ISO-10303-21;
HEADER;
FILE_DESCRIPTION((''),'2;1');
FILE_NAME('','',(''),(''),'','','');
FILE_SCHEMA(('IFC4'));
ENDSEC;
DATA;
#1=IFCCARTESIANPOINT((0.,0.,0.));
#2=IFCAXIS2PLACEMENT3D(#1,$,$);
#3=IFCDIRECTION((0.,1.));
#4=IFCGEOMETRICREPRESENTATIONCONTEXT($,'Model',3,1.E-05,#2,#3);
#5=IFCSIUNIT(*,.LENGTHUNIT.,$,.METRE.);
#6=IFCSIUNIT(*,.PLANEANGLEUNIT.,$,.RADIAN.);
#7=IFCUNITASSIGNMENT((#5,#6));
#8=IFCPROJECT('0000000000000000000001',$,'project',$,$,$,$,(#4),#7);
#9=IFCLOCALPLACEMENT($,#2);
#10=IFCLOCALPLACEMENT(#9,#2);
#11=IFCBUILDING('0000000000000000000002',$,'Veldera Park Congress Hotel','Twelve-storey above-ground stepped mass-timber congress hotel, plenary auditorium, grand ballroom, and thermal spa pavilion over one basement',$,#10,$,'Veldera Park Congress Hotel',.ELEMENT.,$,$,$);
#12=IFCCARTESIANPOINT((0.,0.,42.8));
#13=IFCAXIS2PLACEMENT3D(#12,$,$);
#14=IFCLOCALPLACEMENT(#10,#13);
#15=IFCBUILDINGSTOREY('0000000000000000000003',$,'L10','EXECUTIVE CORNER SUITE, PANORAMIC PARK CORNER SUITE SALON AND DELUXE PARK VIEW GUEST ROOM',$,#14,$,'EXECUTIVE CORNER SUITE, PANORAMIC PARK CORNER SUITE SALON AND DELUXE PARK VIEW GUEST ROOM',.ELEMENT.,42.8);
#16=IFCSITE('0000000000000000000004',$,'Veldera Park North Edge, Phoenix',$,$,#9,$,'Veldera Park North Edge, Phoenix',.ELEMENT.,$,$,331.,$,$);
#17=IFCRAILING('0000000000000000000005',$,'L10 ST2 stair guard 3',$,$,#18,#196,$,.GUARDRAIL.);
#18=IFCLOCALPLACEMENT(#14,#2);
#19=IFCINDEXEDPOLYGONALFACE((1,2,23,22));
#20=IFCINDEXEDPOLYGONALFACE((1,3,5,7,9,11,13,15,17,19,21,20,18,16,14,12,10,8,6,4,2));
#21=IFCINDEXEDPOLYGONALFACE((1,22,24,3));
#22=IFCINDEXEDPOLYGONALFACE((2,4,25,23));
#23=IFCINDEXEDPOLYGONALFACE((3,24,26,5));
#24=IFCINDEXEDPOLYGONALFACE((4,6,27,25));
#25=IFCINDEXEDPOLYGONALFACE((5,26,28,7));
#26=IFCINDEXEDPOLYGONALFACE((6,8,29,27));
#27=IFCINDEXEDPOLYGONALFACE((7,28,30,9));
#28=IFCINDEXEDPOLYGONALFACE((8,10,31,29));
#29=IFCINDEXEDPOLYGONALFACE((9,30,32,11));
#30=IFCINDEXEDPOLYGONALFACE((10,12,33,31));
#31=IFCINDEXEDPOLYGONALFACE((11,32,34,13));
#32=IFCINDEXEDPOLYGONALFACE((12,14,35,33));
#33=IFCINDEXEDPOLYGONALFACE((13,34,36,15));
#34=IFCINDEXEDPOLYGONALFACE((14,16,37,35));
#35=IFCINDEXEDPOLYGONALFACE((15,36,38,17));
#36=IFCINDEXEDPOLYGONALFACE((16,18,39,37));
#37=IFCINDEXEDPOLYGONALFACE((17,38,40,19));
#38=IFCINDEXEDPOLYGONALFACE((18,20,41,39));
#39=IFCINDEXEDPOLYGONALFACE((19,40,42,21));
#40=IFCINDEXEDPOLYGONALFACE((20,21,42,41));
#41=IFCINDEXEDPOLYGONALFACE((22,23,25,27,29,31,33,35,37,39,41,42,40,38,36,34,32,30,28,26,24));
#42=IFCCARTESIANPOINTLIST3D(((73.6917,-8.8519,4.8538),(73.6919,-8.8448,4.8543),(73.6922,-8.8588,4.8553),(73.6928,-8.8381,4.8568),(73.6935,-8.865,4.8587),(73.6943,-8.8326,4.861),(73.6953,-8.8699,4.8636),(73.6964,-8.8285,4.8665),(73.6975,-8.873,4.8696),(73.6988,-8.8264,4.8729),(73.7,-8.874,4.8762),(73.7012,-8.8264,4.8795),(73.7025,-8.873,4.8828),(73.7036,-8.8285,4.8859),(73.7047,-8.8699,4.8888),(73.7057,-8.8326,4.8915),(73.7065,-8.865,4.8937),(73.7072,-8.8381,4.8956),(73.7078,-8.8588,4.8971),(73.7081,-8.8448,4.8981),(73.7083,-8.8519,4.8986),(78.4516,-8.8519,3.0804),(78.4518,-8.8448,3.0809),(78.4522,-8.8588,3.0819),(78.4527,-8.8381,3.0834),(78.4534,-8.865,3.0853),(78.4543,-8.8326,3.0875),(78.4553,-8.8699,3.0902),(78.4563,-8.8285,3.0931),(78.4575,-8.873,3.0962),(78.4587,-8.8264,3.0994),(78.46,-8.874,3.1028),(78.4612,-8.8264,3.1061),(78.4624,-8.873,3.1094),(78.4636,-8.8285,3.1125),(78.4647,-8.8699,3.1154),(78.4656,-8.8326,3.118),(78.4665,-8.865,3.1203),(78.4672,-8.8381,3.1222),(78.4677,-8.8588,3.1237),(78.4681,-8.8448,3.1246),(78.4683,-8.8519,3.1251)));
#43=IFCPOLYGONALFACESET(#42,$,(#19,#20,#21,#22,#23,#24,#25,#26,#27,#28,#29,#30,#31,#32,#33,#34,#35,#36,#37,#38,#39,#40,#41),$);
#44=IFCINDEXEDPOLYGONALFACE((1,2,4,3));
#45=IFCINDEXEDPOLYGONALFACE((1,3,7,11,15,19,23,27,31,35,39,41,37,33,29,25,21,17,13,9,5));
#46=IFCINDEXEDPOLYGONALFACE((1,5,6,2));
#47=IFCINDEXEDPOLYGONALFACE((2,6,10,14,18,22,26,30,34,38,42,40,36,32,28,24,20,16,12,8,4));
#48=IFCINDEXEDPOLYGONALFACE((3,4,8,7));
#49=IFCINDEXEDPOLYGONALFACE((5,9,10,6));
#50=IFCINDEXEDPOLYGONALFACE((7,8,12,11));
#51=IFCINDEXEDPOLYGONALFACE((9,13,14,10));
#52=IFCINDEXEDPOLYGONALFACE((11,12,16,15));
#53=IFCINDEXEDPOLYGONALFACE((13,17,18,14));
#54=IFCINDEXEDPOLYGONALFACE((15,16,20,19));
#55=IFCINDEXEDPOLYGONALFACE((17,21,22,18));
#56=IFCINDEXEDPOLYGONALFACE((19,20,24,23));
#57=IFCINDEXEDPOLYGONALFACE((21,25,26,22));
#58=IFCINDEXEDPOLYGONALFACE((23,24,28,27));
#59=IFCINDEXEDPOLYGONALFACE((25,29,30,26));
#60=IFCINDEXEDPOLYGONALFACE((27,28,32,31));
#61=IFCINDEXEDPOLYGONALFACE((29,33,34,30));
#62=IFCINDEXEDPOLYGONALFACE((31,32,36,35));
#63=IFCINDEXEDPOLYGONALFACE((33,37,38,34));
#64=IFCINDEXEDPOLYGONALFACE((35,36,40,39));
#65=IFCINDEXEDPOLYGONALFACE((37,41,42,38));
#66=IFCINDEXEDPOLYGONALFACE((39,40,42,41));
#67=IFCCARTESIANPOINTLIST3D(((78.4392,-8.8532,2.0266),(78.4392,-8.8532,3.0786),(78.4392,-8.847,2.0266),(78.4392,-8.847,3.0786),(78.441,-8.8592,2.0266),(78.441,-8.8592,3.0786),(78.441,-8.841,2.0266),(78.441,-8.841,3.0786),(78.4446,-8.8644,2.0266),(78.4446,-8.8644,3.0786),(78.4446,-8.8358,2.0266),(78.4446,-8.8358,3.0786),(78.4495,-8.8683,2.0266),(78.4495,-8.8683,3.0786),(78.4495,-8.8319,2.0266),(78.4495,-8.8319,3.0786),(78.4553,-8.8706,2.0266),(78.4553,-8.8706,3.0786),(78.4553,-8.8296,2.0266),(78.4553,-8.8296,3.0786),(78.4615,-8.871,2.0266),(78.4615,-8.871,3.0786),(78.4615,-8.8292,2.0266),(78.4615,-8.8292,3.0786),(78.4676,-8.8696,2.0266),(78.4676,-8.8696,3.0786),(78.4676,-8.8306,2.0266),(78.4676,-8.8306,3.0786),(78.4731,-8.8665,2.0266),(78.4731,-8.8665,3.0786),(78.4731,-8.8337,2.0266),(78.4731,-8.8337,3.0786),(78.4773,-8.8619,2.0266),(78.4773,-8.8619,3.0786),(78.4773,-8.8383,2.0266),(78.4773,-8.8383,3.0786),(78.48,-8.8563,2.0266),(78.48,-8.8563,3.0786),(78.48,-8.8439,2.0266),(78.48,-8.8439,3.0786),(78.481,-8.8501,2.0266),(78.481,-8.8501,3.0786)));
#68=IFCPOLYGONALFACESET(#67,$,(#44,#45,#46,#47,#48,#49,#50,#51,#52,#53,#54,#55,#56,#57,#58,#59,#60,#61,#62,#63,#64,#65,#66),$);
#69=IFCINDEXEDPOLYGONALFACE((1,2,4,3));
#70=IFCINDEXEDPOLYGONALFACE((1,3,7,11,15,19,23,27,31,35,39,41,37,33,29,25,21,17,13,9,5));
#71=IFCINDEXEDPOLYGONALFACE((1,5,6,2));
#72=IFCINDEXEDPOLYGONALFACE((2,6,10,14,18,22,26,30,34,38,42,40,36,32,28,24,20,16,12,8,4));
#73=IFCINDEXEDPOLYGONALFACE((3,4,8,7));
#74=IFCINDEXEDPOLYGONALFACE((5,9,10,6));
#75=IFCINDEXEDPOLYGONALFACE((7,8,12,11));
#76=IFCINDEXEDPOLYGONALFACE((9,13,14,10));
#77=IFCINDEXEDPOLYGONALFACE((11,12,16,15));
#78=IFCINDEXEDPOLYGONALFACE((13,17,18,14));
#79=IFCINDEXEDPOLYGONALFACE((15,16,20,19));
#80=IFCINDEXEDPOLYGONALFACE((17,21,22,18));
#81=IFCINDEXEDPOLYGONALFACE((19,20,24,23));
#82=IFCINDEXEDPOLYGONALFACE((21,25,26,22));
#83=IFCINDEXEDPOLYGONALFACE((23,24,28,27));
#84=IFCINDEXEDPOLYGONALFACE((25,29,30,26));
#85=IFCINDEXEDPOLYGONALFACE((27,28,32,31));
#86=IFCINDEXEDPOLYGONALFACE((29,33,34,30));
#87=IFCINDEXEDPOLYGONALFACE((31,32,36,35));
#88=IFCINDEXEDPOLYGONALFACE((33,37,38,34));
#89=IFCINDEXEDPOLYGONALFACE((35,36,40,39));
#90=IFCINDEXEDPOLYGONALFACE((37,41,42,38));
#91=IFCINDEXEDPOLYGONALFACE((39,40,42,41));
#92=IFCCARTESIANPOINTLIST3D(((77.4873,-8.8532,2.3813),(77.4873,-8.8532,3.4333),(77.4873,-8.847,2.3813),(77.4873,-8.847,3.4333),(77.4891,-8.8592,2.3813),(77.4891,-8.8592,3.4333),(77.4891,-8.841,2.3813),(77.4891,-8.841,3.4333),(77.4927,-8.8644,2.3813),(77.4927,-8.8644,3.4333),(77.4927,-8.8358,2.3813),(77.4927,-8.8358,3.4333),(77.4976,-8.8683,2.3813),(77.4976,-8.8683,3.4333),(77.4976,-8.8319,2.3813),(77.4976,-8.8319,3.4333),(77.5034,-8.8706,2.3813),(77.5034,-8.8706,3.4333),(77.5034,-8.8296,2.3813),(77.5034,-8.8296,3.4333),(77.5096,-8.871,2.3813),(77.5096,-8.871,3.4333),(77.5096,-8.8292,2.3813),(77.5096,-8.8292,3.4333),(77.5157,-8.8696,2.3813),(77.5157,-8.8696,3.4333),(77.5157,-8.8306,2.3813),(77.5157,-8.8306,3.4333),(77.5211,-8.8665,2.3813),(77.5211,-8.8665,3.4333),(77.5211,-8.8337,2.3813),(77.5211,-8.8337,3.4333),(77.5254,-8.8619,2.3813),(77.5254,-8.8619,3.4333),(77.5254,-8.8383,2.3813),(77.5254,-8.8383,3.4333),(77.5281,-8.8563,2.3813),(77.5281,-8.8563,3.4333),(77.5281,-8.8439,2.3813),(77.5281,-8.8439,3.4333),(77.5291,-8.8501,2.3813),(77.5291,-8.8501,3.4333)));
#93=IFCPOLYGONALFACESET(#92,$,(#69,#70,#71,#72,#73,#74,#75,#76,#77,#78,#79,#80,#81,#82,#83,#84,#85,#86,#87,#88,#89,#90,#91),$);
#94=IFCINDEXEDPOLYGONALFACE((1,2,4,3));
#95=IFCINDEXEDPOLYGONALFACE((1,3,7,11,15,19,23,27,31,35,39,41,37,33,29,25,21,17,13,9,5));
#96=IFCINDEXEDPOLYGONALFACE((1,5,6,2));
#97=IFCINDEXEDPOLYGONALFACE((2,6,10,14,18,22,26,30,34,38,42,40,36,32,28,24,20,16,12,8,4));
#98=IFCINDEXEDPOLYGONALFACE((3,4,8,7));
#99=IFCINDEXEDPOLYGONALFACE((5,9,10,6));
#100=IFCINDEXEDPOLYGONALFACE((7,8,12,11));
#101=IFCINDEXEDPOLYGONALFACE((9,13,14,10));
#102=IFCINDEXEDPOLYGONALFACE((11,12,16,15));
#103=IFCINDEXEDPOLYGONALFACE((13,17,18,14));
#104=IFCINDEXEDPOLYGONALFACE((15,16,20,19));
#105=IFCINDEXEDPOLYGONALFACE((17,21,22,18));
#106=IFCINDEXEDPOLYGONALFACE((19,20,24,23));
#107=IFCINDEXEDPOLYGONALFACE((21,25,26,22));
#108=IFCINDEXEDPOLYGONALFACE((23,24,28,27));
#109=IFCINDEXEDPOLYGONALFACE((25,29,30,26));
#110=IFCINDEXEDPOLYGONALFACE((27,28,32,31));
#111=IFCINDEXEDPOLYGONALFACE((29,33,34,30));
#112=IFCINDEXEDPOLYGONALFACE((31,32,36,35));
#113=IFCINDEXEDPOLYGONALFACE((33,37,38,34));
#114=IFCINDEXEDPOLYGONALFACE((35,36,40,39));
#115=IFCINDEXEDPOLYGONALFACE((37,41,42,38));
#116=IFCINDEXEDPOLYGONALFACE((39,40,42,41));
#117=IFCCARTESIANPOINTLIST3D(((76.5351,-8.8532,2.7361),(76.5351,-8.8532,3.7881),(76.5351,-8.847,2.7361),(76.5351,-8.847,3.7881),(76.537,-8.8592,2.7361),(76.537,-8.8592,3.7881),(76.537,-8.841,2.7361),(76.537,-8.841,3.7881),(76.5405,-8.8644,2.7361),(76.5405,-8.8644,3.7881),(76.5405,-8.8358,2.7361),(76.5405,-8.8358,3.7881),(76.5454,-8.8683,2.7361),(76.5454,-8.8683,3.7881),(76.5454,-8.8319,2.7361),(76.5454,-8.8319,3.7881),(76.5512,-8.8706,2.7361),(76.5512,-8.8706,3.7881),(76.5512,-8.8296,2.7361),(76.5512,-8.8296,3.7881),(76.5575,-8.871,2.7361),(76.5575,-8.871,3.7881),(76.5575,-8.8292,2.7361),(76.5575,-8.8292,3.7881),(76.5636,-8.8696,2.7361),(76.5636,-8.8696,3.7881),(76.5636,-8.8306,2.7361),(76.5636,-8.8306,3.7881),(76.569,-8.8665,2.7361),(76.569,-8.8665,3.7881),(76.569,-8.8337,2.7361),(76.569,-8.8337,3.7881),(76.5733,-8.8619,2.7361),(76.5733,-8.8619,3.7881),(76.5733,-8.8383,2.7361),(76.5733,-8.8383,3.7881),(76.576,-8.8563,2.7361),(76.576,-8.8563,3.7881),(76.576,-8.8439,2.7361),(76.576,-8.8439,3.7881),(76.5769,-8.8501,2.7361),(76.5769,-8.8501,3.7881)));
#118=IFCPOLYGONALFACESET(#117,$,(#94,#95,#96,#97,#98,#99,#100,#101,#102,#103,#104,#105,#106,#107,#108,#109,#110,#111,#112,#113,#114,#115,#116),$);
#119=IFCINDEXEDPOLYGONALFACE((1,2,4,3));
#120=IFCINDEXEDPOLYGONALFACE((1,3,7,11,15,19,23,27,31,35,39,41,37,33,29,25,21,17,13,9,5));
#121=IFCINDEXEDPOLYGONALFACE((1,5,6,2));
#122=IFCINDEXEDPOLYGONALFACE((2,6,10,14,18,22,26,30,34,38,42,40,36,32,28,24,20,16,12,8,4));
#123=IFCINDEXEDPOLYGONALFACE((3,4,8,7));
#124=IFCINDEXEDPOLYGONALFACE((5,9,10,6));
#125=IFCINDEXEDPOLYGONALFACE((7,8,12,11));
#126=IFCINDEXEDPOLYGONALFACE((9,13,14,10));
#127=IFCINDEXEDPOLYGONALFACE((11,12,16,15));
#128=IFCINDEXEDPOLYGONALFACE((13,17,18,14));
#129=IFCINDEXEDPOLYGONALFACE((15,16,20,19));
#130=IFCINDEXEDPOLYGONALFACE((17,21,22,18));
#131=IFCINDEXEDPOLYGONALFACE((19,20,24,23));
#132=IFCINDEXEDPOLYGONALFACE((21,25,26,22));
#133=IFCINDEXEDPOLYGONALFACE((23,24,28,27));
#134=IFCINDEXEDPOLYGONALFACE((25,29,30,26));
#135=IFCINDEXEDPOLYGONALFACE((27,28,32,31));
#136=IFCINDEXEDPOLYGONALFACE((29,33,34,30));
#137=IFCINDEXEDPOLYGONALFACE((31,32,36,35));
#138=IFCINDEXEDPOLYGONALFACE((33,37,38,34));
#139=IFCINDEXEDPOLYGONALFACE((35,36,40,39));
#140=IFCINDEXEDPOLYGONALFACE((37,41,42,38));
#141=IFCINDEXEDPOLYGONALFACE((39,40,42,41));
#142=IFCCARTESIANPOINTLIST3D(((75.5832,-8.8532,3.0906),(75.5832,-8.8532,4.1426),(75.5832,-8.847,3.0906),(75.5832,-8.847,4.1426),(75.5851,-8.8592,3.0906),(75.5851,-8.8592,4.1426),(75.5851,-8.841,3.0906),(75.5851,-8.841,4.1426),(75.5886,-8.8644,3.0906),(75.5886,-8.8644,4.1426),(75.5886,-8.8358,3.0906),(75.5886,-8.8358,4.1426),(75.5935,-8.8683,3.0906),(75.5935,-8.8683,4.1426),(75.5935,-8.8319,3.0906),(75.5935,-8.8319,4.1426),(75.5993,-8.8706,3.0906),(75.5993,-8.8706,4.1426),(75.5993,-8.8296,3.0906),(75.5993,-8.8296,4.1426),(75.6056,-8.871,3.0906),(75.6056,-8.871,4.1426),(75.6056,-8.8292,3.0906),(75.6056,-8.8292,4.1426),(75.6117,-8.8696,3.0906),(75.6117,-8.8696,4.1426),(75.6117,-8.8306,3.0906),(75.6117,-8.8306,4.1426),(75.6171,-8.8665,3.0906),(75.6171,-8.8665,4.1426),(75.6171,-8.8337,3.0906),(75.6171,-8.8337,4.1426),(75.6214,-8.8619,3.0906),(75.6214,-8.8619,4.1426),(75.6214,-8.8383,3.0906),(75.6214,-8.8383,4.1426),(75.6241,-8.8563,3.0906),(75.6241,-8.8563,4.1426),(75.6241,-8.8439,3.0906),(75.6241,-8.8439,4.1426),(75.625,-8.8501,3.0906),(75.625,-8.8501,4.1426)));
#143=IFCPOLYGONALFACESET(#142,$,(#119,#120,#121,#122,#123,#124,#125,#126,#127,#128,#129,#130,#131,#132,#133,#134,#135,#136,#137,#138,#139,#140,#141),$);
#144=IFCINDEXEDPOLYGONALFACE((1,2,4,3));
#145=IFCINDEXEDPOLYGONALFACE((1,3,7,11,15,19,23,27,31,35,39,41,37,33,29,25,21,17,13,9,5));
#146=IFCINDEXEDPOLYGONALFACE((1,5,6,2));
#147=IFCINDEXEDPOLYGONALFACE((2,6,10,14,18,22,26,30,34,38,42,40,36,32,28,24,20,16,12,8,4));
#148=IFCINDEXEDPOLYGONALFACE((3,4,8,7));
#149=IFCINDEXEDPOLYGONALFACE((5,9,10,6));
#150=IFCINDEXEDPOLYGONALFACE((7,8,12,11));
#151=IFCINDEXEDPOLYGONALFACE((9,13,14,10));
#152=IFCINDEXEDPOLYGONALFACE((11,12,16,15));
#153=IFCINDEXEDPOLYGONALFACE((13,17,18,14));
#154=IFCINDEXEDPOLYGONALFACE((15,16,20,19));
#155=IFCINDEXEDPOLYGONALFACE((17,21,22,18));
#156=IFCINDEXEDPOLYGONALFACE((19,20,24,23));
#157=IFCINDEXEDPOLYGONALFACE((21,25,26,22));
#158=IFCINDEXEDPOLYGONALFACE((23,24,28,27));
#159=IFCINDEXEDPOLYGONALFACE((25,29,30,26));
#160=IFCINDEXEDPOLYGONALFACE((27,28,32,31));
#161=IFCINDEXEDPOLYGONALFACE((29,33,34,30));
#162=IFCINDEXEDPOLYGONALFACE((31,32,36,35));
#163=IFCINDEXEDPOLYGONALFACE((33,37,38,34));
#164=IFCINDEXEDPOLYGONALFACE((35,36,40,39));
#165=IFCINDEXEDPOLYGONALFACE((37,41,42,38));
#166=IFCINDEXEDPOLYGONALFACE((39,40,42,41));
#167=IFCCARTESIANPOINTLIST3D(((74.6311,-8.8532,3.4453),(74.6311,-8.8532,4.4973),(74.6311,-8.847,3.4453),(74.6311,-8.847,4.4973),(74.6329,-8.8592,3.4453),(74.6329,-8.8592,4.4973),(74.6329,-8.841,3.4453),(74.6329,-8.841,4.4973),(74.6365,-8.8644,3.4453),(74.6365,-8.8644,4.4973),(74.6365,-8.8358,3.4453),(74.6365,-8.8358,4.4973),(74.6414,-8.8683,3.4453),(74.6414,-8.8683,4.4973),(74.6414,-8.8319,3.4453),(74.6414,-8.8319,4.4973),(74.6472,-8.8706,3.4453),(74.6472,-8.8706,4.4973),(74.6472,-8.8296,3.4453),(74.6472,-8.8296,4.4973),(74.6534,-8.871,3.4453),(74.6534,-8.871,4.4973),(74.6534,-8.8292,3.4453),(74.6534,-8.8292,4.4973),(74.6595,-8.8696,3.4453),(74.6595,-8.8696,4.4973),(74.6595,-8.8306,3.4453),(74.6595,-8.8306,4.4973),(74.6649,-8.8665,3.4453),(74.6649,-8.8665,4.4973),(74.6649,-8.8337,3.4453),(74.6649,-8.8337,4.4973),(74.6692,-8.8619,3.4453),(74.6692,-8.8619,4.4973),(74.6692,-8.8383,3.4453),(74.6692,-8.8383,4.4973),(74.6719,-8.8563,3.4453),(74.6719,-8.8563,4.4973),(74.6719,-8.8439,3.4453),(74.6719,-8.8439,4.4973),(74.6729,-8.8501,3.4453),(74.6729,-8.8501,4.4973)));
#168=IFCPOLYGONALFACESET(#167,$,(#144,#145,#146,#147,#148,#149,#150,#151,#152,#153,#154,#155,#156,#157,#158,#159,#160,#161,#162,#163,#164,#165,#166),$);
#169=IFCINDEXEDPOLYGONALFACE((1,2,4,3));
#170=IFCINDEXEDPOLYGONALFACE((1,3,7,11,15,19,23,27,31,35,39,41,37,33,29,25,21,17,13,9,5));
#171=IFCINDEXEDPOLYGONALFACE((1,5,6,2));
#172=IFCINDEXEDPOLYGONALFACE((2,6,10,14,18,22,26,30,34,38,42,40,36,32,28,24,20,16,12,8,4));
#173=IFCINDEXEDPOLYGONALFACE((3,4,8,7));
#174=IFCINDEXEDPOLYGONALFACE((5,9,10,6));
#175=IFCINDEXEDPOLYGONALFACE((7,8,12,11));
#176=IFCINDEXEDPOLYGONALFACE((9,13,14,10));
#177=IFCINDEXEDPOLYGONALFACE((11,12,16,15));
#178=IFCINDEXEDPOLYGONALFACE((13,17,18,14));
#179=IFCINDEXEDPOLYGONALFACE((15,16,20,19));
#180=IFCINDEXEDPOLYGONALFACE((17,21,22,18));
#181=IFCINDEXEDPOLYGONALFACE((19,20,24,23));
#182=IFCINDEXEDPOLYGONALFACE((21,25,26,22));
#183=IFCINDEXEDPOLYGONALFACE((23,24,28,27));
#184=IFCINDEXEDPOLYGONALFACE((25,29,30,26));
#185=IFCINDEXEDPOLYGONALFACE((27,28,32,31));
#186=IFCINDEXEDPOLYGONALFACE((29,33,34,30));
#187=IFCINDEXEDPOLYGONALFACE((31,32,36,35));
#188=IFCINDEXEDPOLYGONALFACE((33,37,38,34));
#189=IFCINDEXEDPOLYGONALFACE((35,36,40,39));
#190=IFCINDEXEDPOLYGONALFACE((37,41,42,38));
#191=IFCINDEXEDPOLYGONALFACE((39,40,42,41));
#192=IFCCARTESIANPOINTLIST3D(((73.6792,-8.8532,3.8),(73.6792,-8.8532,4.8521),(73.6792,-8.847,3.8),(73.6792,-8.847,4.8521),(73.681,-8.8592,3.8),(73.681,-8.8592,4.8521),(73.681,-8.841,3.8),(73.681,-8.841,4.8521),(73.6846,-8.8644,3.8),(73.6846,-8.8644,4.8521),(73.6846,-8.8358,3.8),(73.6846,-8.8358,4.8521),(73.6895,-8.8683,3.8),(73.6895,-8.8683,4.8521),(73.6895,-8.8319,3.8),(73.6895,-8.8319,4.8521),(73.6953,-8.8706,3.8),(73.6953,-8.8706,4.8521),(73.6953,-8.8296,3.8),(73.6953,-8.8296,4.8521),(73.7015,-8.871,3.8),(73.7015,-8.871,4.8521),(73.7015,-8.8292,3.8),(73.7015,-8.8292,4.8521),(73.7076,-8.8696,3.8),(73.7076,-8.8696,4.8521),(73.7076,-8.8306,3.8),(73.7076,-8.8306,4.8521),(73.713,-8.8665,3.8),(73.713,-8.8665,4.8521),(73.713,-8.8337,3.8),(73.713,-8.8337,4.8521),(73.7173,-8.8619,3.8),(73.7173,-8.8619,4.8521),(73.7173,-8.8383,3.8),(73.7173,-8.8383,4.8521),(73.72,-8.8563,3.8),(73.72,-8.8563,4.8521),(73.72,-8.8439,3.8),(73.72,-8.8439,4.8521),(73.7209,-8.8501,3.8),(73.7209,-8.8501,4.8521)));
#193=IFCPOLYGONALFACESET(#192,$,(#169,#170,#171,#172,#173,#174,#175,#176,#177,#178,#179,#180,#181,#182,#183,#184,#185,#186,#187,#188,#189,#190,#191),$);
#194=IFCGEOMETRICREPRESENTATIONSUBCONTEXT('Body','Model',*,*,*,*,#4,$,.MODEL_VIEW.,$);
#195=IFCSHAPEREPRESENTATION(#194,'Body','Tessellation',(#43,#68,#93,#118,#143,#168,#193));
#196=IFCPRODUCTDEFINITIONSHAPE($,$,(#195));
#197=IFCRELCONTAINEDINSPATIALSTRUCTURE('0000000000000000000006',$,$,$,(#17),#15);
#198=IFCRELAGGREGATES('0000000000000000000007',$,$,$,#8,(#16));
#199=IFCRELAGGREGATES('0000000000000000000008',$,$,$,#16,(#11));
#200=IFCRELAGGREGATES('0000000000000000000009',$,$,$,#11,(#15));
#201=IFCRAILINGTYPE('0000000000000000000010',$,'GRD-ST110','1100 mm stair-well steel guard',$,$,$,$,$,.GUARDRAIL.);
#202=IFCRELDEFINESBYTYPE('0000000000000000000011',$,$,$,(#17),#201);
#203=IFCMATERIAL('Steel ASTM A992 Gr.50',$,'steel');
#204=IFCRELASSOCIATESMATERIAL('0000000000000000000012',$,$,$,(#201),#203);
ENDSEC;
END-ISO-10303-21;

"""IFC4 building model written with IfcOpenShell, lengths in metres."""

from ifc_helpers import new_model, si_unit, direction, frame, origin, origin_2d, place, context, subcontext, project, spatial, circle, extrude, material, type_object, element, save


model = new_model("IFC4")

# Units and contexts
model_context = context("Model", 3, precision=1e-05, world=origin(), true_north=direction((0.0, 1.0)))
body_context = subcontext(model_context, "Body", "Model", "MODEL_VIEW")
ifc_project = project(units=[si_unit("LENGTHUNIT", "METRE"), si_unit("PLANEANGLEUNIT", "RADIAN")], contexts=[model_context])

# Site, building, storey
site_placement = place(None, origin())
site = spatial("IfcSite", under=ifc_project, at=site_placement, Name="Veldera Park North Edge, Phoenix", LongName="Veldera Park North Edge, Phoenix", CompositionType="ELEMENT", RefElevation=331.0)
building_placement = place(site_placement, origin())
building = spatial("IfcBuilding", under=site, at=building_placement, Name="Veldera Park Congress Hotel", Description="Twelve-storey above-ground stepped mass-timber congress hotel, plenary auditorium, grand ballroom, and thermal spa pavilion over one basement", LongName="Veldera Park Congress Hotel", CompositionType="ELEMENT")
storey_placement = place(building_placement, frame((0.0, 0.0, 42.8)))
storey = spatial("IfcBuildingStorey", under=building, at=storey_placement, Name="L10", Description="EXECUTIVE CORNER SUITE, PANORAMIC PARK CORNER SUITE SALON AND DELUXE PARK VIEW GUEST ROOM", LongName="EXECUTIVE CORNER SUITE, PANORAMIC PARK CORNER SUITE SALON AND DELUXE PARK VIEW GUEST ROOM", CompositionType="ELEMENT", Elevation=42.8)

# Railing
ifc_material_1 = material(Name="Steel ASTM A992 Gr.50", Category="steel")
railing_type_1 = type_object("IfcRailingType", Name="GRD-ST110", Description="1100 mm stair-well steel guard", PredefinedType="GUARDRAIL", material=ifc_material_1)
railing_1_placement = place(storey_placement, frame((78.46, -8.8501, 2.0266)))
element("IfcRailing", 1, at=railing_1_placement, inside=storey, type_object=railing_type_1, Name="L10 ST2 stair guard 3", PredefinedType="GUARDRAIL", context=body_context, shape_type="SweptSolid", body=[
    extrude(circle(Radius=0.0239, at=origin_2d()), frame((0.0, 0.0, 1.0762), z_axis=(-0.937076, 0.0, 0.349126), x_axis=(0.0, -1.0, 0.0)), (0.0, 0.0, 1.0), 5.0796),
    extrude(circle(Radius=0.021, at=origin_2d()), origin(), (0.0, 0.0, 1.0), 1.052),
    extrude(circle(Radius=0.021, at=origin_2d()), frame((-0.9519, 0.0, 0.3547)), (0.0, 0.0, 1.0), 1.052),
    extrude(circle(Radius=0.021, at=origin_2d()), frame((-1.9041, 0.0, 0.7095)), (0.0, 0.0, 1.0), 1.052),
    extrude(circle(Radius=0.021, at=origin_2d()), frame((-2.856, 0.0, 1.064)), (0.0, 0.0, 1.0), 1.052),
    extrude(circle(Radius=0.021, at=origin_2d()), frame((-3.8081, 0.0, 1.4187)), (0.0, 0.0, 1.0), 1.052),
    extrude(circle(Radius=0.021, at=origin_2d()), frame((-4.76, 0.0, 1.7734)), (0.0, 0.0, 1.0), 1.052),
])

save(model, "model.ifc")
